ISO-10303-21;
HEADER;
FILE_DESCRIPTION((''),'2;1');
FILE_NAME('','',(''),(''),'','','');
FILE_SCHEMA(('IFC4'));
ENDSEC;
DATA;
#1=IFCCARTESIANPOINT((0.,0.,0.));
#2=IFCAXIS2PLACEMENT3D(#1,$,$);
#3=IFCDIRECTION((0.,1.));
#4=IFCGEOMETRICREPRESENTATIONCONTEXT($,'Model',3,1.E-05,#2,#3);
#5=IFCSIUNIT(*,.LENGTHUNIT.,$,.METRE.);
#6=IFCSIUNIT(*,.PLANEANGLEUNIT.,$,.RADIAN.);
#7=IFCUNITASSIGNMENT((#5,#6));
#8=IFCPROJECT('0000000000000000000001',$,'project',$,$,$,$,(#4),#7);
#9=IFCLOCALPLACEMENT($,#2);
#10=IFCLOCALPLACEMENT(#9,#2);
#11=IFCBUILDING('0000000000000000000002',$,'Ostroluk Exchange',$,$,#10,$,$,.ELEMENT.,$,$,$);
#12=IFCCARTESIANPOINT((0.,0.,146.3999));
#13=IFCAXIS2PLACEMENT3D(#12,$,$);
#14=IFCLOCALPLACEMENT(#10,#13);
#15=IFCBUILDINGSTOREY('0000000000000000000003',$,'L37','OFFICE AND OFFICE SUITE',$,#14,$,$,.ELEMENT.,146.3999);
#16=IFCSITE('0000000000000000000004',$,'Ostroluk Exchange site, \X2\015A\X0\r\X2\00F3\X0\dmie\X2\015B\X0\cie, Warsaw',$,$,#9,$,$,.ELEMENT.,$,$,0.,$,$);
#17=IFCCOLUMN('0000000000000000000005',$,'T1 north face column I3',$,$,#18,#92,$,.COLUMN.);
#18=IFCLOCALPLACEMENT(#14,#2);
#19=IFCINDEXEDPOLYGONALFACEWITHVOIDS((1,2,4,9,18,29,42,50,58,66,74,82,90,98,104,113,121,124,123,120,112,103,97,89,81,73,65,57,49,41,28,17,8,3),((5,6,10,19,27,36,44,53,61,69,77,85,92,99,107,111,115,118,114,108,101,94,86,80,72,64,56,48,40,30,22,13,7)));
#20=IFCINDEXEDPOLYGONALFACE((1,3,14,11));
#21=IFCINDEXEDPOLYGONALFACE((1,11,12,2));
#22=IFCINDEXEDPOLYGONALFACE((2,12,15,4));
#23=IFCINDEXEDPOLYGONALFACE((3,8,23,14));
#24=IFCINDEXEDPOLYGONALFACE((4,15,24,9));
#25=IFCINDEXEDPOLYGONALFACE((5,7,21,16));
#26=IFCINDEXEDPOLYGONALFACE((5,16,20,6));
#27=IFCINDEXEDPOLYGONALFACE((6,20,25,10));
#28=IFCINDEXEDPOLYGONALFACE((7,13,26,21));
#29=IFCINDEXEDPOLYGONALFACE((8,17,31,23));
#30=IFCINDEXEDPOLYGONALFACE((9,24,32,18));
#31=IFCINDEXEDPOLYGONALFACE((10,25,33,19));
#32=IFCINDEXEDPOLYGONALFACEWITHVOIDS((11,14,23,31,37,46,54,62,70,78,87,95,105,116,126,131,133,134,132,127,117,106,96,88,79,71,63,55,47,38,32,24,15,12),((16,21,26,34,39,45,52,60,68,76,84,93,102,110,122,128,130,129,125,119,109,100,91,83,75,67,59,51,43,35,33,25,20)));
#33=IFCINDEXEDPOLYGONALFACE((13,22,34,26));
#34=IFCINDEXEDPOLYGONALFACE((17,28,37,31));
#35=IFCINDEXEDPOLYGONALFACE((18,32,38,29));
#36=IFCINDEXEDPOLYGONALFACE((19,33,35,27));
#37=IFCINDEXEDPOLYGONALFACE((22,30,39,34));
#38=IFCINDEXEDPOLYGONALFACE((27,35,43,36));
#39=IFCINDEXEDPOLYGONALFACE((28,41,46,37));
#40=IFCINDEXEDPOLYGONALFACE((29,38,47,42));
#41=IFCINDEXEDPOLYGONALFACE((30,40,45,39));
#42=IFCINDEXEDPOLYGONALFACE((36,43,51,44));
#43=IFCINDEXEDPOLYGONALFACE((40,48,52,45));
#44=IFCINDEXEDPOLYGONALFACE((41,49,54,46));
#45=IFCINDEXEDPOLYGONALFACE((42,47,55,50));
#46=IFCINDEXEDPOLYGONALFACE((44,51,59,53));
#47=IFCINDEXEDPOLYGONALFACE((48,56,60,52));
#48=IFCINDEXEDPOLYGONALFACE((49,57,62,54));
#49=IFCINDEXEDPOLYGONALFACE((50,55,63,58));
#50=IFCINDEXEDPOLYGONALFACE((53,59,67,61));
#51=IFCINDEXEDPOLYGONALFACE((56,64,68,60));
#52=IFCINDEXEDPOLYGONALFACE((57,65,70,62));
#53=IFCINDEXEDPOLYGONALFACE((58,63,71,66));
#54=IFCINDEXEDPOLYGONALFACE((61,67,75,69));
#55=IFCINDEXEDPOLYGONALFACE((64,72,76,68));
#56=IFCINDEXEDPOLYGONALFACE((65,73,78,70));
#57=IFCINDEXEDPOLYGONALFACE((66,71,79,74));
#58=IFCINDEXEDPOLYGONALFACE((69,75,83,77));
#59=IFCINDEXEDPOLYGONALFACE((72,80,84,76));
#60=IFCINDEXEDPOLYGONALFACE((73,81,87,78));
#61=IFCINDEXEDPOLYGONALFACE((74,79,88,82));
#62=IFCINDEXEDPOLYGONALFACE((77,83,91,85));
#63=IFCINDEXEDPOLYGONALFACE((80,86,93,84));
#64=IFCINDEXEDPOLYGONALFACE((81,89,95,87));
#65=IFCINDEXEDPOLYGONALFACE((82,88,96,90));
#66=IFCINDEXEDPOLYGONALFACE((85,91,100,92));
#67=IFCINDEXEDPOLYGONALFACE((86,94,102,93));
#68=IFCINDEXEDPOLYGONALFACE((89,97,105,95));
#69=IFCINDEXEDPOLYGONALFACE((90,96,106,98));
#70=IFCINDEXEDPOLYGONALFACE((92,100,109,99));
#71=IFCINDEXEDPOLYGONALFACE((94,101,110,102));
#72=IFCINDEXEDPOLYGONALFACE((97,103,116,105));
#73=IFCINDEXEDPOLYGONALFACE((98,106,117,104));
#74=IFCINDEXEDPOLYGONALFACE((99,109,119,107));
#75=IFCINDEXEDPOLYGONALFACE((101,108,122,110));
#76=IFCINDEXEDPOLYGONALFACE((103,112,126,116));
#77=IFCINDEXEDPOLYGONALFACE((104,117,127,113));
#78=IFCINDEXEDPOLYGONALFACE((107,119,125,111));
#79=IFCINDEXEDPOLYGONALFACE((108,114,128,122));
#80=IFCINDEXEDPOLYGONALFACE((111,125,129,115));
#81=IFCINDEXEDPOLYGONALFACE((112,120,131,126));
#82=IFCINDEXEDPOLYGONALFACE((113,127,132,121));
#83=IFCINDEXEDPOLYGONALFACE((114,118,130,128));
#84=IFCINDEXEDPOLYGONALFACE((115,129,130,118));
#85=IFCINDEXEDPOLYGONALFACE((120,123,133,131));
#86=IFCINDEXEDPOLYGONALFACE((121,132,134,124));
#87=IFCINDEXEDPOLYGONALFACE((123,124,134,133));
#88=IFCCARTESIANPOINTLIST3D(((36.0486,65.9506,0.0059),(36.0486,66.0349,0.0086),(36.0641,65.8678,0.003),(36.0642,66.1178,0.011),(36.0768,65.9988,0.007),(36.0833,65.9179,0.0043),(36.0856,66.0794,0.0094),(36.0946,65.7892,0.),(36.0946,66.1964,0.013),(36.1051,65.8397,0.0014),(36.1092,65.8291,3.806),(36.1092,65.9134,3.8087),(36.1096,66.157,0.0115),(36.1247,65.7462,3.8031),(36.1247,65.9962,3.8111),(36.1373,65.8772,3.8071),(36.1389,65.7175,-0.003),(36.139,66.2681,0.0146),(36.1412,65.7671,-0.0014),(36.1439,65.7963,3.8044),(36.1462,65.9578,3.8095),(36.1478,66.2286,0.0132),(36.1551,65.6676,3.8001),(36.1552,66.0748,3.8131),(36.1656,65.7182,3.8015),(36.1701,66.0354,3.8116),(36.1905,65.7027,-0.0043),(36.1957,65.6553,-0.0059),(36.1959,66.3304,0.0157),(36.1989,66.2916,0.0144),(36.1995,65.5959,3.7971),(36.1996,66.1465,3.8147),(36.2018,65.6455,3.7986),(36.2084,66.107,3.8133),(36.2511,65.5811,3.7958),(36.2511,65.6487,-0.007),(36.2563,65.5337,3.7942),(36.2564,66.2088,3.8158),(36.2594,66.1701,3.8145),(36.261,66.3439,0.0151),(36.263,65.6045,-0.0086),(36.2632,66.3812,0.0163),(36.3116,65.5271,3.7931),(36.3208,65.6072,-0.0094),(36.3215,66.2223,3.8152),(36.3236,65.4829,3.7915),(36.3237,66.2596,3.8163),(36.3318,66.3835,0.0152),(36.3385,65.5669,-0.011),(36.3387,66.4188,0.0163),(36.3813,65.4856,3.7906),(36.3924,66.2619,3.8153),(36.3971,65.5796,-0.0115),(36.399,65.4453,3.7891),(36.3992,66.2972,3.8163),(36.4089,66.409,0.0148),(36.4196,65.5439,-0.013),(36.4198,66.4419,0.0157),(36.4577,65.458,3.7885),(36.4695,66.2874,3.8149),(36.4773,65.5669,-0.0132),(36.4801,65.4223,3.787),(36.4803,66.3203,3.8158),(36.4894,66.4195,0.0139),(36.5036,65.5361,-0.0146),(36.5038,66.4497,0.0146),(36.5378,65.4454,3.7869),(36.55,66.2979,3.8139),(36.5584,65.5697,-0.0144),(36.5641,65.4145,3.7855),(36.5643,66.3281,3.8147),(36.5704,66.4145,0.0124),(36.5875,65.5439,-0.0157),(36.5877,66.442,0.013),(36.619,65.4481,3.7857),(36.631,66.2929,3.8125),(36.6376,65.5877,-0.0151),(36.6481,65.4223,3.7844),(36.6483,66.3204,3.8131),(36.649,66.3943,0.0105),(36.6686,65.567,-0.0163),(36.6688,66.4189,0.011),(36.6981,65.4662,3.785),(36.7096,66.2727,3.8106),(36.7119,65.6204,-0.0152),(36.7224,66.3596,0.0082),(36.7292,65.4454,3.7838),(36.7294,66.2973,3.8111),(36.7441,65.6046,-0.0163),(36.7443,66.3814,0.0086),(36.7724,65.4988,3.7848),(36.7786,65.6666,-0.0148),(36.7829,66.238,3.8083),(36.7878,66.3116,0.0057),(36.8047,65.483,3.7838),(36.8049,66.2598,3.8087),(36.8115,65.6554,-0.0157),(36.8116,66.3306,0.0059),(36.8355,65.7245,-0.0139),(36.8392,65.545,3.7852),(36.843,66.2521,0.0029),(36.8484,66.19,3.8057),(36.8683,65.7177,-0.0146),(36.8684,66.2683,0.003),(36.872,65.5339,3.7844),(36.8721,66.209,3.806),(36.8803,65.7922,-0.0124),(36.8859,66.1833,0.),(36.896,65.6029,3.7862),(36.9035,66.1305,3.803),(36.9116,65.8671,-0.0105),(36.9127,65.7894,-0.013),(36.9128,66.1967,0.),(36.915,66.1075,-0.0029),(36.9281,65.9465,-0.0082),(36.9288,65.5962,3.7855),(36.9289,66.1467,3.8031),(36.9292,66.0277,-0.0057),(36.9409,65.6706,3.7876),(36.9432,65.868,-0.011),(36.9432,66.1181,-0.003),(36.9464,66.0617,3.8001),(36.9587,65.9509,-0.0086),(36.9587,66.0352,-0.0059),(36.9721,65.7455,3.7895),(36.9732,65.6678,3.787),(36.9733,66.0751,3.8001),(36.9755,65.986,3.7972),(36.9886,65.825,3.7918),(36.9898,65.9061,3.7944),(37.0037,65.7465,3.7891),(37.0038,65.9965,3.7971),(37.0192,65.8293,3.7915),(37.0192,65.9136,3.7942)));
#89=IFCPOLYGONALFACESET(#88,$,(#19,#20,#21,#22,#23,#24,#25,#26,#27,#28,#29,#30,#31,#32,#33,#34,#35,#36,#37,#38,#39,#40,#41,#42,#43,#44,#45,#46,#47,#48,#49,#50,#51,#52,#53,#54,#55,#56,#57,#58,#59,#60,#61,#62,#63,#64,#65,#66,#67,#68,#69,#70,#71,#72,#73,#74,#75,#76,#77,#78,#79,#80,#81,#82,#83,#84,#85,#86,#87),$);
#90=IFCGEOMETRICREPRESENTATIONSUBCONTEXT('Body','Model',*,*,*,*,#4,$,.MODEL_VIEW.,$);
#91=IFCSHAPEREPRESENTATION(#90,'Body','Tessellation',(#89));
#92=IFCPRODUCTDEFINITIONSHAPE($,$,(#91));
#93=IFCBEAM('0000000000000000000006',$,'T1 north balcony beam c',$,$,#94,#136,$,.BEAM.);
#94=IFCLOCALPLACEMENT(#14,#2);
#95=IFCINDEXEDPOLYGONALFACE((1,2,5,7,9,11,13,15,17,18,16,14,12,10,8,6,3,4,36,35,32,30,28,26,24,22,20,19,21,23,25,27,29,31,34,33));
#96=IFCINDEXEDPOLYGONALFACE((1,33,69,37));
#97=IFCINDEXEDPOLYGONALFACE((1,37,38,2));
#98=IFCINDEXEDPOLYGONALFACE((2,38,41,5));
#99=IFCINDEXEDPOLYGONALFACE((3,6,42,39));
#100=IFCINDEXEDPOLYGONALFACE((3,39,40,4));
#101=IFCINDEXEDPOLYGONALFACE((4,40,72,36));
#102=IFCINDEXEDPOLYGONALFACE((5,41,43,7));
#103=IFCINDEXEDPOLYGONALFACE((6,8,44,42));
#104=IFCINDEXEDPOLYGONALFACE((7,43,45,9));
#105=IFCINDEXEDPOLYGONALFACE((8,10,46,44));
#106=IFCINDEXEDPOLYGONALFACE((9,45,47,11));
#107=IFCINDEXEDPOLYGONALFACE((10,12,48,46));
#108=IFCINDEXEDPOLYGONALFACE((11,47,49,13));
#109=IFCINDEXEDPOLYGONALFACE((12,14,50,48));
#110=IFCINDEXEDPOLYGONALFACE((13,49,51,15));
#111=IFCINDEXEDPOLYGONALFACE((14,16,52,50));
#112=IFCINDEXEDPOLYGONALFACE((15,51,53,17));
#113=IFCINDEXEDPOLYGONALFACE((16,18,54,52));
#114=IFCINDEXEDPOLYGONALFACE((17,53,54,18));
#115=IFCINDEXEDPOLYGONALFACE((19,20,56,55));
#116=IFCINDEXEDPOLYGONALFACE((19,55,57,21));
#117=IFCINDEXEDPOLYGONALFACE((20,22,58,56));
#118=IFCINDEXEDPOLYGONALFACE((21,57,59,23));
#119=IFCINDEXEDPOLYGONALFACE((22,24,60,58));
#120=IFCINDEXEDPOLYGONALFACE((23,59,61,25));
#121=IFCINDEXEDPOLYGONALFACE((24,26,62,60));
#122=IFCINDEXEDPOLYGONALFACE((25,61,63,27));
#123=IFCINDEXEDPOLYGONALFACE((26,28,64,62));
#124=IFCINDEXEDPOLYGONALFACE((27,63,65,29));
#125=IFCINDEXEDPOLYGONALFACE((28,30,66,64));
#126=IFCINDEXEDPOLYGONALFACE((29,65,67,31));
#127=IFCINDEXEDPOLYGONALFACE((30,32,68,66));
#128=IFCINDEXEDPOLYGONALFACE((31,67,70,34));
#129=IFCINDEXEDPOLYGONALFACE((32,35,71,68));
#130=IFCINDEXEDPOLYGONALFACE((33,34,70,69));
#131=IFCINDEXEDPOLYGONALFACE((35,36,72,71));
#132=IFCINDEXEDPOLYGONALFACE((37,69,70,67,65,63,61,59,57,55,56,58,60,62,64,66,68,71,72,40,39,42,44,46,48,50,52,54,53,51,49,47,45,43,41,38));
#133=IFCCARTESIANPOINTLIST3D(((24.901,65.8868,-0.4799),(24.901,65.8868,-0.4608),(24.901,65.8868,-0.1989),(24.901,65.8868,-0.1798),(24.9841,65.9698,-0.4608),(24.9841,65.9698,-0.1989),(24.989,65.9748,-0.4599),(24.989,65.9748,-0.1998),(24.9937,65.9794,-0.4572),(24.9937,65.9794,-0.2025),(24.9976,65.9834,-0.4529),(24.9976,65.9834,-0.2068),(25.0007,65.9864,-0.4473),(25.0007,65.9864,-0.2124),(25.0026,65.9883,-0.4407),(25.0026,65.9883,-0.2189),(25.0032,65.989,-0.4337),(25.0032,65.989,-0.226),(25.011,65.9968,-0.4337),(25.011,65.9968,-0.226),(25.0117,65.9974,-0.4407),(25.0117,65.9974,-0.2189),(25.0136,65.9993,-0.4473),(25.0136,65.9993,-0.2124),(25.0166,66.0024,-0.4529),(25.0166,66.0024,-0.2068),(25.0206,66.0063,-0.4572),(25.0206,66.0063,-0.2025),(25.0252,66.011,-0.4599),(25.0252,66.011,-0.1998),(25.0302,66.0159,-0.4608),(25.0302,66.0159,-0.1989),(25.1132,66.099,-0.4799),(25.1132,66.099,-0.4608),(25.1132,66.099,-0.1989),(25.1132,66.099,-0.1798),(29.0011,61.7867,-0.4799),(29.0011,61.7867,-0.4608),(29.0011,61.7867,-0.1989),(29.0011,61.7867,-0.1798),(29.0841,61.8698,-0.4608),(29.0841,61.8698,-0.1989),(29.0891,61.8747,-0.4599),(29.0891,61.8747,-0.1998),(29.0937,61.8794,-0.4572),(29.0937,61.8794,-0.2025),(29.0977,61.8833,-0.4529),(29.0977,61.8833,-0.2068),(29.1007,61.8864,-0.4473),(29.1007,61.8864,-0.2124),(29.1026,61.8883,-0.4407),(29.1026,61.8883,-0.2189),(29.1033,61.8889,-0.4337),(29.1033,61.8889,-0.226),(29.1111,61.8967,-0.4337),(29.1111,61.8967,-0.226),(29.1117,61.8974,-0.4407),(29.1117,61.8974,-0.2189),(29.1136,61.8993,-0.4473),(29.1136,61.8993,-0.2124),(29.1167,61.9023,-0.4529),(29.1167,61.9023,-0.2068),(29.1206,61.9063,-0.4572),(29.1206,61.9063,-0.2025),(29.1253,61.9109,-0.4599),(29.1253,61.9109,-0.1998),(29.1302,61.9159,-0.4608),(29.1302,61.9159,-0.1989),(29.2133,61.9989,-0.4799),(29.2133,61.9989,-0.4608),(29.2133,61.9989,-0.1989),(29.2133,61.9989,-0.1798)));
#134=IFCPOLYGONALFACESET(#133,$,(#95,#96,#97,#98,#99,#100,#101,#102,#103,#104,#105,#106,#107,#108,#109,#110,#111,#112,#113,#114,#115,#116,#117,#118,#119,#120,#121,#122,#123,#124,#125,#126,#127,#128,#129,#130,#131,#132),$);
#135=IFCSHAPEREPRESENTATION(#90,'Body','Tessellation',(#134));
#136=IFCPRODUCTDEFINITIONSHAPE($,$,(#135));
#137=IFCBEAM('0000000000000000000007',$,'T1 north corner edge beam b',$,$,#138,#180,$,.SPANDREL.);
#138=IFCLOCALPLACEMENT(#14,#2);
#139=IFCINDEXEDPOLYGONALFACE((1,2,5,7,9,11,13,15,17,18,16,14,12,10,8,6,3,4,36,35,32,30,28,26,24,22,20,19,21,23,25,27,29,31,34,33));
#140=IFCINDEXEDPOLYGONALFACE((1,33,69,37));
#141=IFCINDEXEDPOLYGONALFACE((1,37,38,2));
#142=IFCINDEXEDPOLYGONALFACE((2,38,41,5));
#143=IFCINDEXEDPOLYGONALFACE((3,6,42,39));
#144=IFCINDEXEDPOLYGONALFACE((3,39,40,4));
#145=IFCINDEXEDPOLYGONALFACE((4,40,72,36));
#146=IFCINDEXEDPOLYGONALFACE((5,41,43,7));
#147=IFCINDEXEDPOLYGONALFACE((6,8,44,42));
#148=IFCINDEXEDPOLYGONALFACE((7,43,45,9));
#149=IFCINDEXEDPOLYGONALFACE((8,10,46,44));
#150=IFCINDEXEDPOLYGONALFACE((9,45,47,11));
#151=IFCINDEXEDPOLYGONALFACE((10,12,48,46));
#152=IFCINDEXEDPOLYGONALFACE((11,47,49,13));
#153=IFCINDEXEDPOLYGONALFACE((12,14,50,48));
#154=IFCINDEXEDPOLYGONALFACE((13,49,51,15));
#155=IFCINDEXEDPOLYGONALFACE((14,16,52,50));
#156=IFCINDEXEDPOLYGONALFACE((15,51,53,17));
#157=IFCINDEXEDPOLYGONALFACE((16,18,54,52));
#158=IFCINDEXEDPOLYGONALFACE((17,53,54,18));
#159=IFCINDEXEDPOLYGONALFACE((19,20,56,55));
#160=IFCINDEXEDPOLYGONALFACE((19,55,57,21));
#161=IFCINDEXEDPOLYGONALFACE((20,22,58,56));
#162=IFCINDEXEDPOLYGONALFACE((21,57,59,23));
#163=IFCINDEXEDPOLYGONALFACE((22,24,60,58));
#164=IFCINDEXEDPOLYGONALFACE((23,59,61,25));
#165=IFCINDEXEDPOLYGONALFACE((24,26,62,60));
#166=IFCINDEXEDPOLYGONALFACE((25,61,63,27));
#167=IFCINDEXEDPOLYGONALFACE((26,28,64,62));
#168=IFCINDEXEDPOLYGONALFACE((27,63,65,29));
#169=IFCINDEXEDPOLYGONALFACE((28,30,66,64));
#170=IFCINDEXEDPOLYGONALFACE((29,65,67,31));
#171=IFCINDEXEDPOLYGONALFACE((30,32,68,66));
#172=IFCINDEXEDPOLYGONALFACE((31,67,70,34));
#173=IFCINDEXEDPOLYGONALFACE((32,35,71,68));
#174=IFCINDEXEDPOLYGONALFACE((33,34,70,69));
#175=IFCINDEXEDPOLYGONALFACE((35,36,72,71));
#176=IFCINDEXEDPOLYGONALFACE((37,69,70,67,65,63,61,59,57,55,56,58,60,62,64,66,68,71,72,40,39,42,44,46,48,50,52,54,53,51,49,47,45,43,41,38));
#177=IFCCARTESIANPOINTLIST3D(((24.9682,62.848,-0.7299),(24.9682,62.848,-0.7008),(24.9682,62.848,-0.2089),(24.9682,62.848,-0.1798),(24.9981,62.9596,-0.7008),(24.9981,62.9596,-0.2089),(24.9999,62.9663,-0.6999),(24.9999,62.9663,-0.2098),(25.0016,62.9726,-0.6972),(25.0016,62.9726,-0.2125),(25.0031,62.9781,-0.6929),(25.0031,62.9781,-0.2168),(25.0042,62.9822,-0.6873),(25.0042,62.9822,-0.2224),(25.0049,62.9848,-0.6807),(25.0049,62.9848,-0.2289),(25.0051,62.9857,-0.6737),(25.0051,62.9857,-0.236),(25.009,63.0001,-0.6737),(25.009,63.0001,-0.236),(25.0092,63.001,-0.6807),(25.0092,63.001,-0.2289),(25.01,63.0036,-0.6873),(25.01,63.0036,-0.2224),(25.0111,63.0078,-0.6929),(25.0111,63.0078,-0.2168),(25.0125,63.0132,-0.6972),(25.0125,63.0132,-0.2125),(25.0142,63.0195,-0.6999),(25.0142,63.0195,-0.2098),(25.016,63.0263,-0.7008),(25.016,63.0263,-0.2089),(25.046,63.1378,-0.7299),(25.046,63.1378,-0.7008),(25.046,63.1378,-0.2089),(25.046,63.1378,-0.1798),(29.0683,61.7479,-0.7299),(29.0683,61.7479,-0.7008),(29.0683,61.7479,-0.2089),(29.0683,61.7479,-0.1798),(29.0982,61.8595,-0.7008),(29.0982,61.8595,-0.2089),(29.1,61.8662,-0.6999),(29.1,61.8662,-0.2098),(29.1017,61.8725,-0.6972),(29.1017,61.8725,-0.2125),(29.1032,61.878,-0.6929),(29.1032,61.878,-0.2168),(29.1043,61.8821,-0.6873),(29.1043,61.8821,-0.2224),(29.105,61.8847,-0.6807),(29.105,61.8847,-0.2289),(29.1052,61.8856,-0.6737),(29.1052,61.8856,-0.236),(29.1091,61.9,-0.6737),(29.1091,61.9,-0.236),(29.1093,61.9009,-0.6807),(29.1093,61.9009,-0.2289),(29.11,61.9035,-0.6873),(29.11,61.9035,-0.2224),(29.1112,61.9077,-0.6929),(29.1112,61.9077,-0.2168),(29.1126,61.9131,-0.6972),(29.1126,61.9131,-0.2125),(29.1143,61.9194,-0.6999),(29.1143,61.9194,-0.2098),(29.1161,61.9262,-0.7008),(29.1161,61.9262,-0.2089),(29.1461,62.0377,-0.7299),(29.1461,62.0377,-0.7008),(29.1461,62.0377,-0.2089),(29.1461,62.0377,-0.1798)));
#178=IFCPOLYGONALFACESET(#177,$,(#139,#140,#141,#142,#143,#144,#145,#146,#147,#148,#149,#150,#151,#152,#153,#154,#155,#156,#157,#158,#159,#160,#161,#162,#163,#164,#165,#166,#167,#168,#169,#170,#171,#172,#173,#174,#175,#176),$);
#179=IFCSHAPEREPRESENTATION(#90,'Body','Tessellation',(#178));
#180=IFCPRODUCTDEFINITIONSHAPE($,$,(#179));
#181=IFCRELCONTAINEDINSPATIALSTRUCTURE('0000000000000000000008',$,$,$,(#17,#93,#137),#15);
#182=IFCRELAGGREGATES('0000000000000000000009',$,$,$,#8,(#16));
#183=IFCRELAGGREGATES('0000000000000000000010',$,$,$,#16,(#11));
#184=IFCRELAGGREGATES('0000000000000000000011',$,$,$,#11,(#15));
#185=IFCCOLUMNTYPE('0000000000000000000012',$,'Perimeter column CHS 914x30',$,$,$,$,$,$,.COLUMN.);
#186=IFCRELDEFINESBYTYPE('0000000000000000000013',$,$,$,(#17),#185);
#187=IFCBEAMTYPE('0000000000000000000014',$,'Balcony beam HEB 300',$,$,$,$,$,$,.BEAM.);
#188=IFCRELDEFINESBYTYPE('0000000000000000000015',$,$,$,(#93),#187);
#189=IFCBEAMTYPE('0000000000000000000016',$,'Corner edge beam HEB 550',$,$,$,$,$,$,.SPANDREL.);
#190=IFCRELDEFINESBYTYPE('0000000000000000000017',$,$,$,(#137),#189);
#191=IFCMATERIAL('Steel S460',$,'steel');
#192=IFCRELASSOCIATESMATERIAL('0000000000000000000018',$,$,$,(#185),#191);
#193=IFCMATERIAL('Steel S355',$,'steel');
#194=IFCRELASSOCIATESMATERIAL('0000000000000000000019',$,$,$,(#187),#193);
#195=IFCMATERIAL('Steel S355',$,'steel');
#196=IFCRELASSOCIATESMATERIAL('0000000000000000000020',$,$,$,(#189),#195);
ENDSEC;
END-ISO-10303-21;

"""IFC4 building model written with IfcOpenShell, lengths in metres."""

from ifc_helpers import new_model, si_unit, direction, frame, origin, origin_2d, place, context, subcontext, project, spatial, hollow_circle, i_section, extrude, material, material_profile, profile_set, type_object, element, save


model = new_model("IFC4")

# Units and contexts
model_context = context("Model", 3, precision=1e-05, world=origin(), true_north=direction((0.0, 1.0)))
body_context = subcontext(model_context, "Body", "Model", "MODEL_VIEW")
ifc_project = project(units=[si_unit("LENGTHUNIT", "METRE"), si_unit("PLANEANGLEUNIT", "RADIAN")], contexts=[model_context])

# Site, building, storey
site_placement = place(None, origin())
site = spatial("IfcSite", under=ifc_project, at=site_placement, Name="Ostroluk Exchange site, Śródmieście, Warsaw", CompositionType="ELEMENT", RefElevation=0.0)
building_placement = place(site_placement, origin())
building = spatial("IfcBuilding", under=site, at=building_placement, Name="Ostroluk Exchange", CompositionType="ELEMENT")
storey_placement = place(building_placement, frame((0.0, 0.0, 146.3999)))
storey = spatial("IfcBuildingStorey", under=building, at=storey_placement, Name="L37", Description="OFFICE AND OFFICE SUITE", CompositionType="ELEMENT", Elevation=146.3999)

# Column
ifc_material_1 = material(Name="Steel S460", Category="steel")
ifc_material_profile_1 = material_profile(ifc_material_1, hollow_circle(Radius=0.457, WallThickness=0.03, at=origin_2d()), Name="CHS 914x30")
ifc_profile_set_1 = profile_set([ifc_material_profile_1], Name="Steel S460")
column_type = type_object("IfcColumnType", Name="Perimeter column CHS 914x30", PredefinedType="COLUMN", material=ifc_profile_set_1)
column_placement = place(storey_placement, frame((36.5037, 65.9929, 0.0), z_axis=(0.015923, -0.031974, 0.999362), x_axis=(0.895145, 0.445775, 0.0)))
element("IfcColumn", 1, at=column_placement, inside=storey, type_object=column_type, Name="T1 north face column I3", PredefinedType="COLUMN", context=body_context, shape_type="SweptSolid", body=[
    extrude(hollow_circle(Radius=0.457, WallThickness=0.03, at=origin_2d()), origin(), (0.0, 0.0, 1.0), 3.8025),
])

# Beams
ifc_material_2 = material(Name="Steel S355", Category="steel")
ifc_material_profile_2 = material_profile(ifc_material_2, i_section(OverallWidth=0.3, OverallDepth=0.3, WebThickness=0.011, FlangeThickness=0.019, FilletRadius=0.0271, at=origin_2d()), Name="HEB 300")
ifc_profile_set_2 = profile_set([ifc_material_profile_2], Name="Steel S355")
beam_type_1 = type_object("IfcBeamType", Name="Balcony beam HEB 300", PredefinedType="BEAM", material=ifc_profile_set_2)
beam_1_placement = place(storey_placement, frame((29.1072, 61.8928, -0.3298), z_axis=(-0.707107, 0.707107, 0.0), x_axis=(-0.707107, -0.707107, 0.0)))
element("IfcBeam", 2, at=beam_1_placement, inside=storey, type_object=beam_type_1, Name="T1 north balcony beam c", PredefinedType="BEAM", context=body_context, shape_type="SweptSolid", body=[
    extrude(i_section(OverallWidth=0.3, OverallDepth=0.3, WebThickness=0.011, FlangeThickness=0.019, FilletRadius=0.0271, at=origin_2d()), origin(), (0.0, 0.0, 1.0), 5.7983),
])
ifc_material_3 = material(Name="Steel S355", Category="steel")
ifc_material_profile_3 = material_profile(ifc_material_3, i_section(OverallWidth=0.3, OverallDepth=0.55, WebThickness=0.0149, FlangeThickness=0.0291, FilletRadius=0.0271, at=origin_2d()), Name="HEB 550")
ifc_profile_set_3 = profile_set([ifc_material_profile_3], Name="Steel S355")
beam_type_2 = type_object("IfcBeamType", Name="Corner edge beam HEB 550", PredefinedType="SPANDREL", material=ifc_profile_set_3)
beam_2_placement = place(storey_placement, frame((29.1072, 61.8928, -0.4548), z_axis=(-0.965839, 0.259144, 0.0), x_axis=(-0.259144, -0.965839, 0.0)))
element("IfcBeam", 3, at=beam_2_placement, inside=storey, type_object=beam_type_2, Name="T1 north corner edge beam b", PredefinedType="SPANDREL", context=body_context, shape_type="SweptSolid", body=[
    extrude(i_section(OverallWidth=0.3, OverallDepth=0.55, WebThickness=0.0149, FlangeThickness=0.0291, FilletRadius=0.0271, at=origin_2d()), origin(), (0.0, 0.0, 1.0), 4.2451),
])

save(model, "model.ifc")
